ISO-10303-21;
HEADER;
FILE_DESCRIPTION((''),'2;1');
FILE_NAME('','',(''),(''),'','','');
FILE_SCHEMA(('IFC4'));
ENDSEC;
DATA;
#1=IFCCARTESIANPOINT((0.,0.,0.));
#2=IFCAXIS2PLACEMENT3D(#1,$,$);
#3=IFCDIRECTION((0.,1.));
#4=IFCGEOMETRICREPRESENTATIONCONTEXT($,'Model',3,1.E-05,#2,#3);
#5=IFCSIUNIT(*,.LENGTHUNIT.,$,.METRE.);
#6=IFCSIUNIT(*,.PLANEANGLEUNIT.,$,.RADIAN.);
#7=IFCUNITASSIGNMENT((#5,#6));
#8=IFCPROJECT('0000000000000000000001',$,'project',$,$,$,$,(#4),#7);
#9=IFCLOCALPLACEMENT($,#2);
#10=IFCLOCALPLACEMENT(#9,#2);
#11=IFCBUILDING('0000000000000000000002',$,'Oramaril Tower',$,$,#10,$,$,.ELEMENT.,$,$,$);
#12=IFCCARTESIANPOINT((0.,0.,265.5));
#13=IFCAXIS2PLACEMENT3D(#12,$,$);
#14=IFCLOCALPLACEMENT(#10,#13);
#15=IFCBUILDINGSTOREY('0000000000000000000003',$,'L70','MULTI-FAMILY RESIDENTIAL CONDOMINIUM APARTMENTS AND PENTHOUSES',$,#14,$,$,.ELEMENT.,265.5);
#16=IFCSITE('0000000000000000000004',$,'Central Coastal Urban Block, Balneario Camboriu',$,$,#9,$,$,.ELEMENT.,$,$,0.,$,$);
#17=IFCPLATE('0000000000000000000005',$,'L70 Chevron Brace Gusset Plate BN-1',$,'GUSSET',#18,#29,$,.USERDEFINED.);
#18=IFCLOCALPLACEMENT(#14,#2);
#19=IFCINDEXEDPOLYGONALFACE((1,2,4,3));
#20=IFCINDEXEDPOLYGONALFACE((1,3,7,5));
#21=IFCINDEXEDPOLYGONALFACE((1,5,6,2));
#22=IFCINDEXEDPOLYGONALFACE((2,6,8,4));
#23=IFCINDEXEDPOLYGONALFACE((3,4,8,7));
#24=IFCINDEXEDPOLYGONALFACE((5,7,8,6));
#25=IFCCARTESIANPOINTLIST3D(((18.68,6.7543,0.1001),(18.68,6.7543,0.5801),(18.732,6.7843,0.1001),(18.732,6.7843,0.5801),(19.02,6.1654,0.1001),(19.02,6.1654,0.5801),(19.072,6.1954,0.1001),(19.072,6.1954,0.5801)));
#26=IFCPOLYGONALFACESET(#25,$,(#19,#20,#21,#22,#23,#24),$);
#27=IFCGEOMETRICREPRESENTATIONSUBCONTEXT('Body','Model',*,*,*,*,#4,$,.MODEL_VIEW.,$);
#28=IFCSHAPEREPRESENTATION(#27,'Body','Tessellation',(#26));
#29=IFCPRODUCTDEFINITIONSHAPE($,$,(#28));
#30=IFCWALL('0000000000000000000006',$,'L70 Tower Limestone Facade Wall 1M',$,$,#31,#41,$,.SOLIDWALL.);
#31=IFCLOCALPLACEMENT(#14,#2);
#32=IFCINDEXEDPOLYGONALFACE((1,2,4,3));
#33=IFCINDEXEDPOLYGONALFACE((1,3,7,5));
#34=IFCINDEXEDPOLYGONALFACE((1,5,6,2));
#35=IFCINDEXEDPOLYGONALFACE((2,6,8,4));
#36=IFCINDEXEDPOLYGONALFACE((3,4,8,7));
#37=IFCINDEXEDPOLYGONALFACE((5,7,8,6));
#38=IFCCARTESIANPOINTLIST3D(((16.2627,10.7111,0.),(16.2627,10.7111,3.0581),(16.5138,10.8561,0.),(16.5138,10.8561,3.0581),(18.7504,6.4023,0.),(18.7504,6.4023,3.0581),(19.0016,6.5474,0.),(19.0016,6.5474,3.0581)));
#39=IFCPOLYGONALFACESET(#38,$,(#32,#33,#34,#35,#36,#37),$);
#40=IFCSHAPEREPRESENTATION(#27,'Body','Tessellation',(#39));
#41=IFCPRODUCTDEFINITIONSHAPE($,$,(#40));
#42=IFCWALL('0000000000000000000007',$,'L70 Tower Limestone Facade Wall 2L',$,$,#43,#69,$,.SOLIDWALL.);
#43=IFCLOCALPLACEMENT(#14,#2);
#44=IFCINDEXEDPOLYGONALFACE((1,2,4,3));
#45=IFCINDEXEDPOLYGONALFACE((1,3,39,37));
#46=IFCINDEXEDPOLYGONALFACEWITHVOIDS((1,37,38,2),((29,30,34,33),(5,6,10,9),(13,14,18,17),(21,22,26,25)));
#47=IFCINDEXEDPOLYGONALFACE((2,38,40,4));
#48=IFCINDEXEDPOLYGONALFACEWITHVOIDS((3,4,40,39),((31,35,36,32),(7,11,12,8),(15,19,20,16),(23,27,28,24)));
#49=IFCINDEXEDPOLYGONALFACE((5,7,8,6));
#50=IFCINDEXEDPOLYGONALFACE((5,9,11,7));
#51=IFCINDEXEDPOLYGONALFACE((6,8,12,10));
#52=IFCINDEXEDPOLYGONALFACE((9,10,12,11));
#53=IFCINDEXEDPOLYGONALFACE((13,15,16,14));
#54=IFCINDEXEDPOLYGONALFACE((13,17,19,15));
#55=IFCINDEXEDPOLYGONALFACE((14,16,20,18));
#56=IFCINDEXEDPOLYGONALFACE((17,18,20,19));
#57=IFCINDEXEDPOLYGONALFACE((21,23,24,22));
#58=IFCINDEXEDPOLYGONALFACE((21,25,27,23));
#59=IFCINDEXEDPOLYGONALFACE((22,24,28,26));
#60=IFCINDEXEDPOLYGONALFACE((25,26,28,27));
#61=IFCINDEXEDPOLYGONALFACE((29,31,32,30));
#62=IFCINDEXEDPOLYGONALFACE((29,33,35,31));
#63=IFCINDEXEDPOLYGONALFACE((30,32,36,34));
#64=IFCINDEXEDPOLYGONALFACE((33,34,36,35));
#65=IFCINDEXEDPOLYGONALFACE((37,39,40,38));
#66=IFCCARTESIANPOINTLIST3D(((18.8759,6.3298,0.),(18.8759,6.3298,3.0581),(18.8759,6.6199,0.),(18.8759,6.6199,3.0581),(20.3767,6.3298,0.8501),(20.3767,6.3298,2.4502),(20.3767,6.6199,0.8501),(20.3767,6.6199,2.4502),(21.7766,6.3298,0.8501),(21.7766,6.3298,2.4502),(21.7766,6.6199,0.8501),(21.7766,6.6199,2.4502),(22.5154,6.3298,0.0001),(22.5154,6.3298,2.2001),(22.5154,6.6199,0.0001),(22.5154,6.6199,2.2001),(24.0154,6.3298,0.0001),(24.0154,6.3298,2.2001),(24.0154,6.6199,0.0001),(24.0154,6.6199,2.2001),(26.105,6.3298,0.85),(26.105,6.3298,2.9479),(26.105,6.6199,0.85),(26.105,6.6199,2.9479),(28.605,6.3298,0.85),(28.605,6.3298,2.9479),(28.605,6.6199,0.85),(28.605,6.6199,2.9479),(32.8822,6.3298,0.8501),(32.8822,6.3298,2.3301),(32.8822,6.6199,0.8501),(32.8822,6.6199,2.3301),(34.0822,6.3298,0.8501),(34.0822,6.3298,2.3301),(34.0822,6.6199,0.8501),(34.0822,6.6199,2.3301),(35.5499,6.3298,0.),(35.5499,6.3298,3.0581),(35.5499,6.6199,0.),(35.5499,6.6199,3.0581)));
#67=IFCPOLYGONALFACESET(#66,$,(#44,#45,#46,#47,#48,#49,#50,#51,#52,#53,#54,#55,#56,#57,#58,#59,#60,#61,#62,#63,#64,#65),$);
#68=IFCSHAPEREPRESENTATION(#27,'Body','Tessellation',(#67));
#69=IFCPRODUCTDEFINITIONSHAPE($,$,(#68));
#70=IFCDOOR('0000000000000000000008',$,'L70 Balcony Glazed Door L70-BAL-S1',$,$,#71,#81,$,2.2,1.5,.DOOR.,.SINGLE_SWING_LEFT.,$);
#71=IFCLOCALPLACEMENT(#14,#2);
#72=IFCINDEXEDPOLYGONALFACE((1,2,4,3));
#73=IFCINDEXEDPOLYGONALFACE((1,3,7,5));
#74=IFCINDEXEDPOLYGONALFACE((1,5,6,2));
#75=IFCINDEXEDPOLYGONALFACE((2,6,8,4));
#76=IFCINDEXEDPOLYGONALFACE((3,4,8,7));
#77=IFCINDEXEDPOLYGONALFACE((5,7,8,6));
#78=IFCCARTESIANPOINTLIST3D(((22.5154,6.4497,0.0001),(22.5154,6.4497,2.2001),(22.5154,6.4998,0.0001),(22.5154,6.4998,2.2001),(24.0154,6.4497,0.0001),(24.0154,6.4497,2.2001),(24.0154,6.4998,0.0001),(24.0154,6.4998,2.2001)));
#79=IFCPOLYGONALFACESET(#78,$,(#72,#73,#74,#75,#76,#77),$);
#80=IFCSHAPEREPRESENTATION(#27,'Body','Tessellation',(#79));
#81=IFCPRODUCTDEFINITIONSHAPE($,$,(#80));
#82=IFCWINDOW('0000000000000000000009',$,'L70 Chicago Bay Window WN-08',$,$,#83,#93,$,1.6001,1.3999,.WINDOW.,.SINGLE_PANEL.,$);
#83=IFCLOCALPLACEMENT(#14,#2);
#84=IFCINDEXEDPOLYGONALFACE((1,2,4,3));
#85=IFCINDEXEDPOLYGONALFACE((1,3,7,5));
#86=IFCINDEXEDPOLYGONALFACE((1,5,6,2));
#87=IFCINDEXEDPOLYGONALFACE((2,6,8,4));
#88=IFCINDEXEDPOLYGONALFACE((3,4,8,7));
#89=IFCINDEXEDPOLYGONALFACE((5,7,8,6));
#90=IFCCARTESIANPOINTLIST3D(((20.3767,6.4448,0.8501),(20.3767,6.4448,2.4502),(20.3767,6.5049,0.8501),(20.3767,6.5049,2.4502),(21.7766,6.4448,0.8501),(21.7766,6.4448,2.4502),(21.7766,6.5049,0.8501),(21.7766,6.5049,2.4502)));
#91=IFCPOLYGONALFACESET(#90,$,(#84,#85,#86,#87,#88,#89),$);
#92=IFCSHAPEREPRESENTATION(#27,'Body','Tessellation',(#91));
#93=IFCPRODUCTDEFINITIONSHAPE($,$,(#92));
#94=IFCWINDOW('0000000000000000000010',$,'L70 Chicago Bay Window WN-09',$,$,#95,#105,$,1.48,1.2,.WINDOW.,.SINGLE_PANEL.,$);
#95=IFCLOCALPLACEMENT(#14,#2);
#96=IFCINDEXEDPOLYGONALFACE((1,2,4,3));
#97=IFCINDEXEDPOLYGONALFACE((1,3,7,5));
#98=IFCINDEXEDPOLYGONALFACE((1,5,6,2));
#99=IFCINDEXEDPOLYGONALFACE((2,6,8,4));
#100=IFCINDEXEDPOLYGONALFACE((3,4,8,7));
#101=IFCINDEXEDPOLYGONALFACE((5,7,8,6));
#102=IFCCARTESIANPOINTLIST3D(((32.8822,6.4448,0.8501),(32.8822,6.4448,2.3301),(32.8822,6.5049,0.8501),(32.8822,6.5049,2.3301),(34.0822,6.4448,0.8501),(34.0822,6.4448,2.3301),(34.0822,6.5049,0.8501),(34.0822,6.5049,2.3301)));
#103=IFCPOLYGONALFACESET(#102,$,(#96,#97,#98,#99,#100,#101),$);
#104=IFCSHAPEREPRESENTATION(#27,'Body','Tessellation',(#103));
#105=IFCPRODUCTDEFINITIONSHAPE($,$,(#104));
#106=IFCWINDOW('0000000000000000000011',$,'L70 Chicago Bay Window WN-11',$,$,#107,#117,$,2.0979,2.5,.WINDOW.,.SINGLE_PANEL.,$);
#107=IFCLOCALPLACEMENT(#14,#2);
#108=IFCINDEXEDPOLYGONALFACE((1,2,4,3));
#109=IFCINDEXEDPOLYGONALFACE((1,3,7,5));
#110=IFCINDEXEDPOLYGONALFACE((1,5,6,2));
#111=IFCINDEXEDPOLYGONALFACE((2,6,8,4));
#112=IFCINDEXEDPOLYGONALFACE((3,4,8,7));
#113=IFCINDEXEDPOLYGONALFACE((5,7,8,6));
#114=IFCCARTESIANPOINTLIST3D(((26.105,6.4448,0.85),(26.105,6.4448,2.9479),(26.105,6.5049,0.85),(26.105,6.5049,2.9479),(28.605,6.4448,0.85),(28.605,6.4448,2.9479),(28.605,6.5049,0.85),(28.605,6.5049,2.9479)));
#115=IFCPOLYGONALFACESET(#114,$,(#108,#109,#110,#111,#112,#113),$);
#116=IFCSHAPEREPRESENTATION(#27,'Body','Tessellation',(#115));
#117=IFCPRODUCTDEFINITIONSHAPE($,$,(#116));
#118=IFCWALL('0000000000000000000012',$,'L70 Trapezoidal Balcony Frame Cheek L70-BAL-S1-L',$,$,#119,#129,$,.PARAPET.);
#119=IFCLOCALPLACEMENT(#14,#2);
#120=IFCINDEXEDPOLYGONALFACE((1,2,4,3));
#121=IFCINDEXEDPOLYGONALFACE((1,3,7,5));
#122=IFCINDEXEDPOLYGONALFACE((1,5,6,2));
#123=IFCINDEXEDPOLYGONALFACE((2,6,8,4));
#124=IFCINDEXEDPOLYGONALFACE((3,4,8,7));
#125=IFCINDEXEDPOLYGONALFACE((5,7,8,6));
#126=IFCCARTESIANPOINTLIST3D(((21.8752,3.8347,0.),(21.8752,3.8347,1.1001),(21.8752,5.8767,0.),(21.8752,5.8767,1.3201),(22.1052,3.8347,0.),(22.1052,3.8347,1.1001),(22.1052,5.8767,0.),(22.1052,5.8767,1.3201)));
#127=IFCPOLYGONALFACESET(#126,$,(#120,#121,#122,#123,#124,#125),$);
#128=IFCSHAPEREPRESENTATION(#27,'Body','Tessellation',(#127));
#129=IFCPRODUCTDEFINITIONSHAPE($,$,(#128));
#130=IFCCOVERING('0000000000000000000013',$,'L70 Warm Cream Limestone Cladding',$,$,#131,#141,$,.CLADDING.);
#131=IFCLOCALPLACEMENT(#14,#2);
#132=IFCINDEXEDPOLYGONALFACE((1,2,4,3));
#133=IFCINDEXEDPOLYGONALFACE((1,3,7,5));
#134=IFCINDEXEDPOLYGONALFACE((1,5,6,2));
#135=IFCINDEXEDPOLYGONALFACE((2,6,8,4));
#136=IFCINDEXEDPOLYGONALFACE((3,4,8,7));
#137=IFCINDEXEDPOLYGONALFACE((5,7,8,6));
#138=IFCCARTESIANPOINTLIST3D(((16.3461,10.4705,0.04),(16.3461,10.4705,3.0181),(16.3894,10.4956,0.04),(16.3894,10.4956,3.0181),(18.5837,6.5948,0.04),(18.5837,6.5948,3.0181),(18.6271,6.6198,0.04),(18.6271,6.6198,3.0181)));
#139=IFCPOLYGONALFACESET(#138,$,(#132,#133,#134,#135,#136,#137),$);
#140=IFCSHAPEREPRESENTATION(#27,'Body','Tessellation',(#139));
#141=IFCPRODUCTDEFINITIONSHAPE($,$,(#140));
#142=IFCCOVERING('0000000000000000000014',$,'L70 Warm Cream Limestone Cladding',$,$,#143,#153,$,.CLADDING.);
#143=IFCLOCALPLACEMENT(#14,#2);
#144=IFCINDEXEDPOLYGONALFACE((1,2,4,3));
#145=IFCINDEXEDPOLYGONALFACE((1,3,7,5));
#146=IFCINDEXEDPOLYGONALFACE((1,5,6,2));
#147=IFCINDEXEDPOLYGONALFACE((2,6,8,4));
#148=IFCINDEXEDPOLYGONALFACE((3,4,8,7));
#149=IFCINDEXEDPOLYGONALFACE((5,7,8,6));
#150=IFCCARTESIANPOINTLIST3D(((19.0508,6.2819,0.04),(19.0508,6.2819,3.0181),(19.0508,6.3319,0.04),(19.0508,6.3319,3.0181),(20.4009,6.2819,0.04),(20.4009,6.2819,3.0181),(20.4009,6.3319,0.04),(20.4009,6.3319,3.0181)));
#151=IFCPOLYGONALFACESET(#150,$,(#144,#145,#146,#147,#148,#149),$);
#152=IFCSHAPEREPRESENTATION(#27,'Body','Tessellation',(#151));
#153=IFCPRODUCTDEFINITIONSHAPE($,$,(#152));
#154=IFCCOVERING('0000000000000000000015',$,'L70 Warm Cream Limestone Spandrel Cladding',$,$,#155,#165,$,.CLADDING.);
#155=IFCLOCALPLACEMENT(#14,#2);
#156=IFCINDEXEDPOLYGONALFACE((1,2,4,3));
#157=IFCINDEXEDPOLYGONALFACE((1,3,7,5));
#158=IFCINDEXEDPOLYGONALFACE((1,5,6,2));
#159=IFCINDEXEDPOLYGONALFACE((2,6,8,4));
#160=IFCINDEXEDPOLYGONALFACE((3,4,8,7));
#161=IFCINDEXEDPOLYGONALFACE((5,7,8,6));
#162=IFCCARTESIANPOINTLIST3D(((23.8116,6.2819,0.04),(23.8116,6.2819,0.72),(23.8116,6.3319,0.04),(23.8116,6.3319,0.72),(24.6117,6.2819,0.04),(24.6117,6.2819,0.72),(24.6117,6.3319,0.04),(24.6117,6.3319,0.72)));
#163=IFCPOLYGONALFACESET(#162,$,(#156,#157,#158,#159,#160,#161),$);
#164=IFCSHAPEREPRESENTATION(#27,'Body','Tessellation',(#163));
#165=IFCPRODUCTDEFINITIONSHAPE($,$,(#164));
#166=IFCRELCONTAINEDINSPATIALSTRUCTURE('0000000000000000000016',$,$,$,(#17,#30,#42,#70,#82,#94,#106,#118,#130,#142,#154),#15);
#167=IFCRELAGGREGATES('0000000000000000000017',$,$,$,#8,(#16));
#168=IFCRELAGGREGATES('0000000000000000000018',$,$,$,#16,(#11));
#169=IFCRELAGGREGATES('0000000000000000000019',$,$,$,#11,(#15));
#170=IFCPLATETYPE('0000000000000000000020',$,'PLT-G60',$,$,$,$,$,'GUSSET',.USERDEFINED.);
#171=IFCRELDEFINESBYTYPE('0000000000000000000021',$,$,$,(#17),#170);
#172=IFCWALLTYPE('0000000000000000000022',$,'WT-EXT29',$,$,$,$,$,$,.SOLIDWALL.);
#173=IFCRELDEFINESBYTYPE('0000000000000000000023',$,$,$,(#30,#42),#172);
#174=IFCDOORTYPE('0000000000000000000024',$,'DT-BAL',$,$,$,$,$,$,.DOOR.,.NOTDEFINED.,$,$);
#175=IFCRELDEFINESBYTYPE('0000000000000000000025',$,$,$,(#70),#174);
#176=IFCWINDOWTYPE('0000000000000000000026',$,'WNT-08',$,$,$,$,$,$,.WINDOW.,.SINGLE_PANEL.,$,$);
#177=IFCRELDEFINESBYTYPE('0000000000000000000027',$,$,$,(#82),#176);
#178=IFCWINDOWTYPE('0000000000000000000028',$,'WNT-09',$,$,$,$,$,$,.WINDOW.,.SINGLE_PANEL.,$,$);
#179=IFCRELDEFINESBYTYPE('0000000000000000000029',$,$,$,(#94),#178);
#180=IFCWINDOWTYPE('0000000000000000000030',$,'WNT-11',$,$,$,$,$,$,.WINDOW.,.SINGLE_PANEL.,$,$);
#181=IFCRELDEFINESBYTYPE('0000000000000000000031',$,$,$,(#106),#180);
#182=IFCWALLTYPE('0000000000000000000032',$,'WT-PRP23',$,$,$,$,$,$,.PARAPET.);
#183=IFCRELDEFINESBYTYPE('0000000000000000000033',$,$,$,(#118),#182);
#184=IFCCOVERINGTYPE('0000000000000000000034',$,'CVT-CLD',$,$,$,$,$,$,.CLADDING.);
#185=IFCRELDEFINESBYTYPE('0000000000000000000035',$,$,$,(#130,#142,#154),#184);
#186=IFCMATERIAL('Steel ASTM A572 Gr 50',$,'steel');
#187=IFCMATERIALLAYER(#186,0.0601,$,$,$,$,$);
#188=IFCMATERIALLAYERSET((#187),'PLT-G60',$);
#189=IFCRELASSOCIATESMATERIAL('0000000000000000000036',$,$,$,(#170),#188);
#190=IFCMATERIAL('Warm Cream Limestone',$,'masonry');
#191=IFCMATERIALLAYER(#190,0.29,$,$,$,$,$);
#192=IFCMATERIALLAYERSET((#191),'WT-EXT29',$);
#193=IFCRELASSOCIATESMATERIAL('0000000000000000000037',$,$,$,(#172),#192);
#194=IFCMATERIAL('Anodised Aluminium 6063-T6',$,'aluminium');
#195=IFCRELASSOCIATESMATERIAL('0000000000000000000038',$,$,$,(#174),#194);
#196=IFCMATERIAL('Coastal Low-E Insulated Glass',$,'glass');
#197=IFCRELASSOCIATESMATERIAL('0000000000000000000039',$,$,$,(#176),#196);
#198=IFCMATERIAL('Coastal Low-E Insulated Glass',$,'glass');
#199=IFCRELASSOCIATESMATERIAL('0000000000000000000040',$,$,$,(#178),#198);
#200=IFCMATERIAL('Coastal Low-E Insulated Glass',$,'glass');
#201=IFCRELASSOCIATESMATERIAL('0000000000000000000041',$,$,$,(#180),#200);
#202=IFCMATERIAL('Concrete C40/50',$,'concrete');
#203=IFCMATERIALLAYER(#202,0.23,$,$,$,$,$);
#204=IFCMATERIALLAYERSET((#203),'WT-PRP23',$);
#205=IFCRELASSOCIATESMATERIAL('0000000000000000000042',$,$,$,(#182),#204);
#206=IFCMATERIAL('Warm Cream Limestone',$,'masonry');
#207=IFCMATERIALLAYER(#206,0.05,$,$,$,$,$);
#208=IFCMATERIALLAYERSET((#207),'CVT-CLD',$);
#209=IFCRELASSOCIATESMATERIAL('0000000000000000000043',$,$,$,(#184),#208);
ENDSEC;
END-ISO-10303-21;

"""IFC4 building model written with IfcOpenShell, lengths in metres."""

from ifc_helpers import new_model, si_unit, direction, frame, frame_2d, origin, origin_2d, place, context, subcontext, project, spatial, polyline, rectangle, outline, extrude, material, layer, layer_set, type_object, element, fill, save


model = new_model("IFC4")

# Units and contexts
model_context = context("Model", 3, precision=1e-05, world=origin(), true_north=direction((0.0, 1.0)))
body_context = subcontext(model_context, "Body", "Model", "MODEL_VIEW")
ifc_project = project(units=[si_unit("LENGTHUNIT", "METRE"), si_unit("PLANEANGLEUNIT", "RADIAN")], contexts=[model_context])

# Site, building, storey
site_placement = place(None, origin())
site = spatial("IfcSite", under=ifc_project, at=site_placement, Name="Central Coastal Urban Block, Balneario Camboriu", CompositionType="ELEMENT", RefElevation=0.0)
building_placement = place(site_placement, origin())
building = spatial("IfcBuilding", under=site, at=building_placement, Name="Oramaril Tower", CompositionType="ELEMENT")
storey_placement = place(building_placement, frame((0.0, 0.0, 265.5)))
storey = spatial("IfcBuildingStorey", under=building, at=storey_placement, Name="L70", Description="MULTI-FAMILY RESIDENTIAL CONDOMINIUM APARTMENTS AND PENTHOUSES", CompositionType="ELEMENT", Elevation=265.5)

# Plate
ifc_material_1 = material(Name="Steel ASTM A572 Gr 50", Category="steel")
ifc_layer_1 = layer(ifc_material_1, 0.0601)
ifc_layer_set_1 = layer_set([ifc_layer_1], Name="PLT-G60")
plate_type = type_object("IfcPlateType", Name="PLT-G60", ElementType="GUSSET", PredefinedType="USERDEFINED", material=ifc_layer_set_1)
for number, where, z_axis, x_axis, name in (
    (1, (18.876, 6.4749, 0.1001), (0.0, 0.0, 1.0), (0.500002, -0.866025, 0.0), "L70 Chevron Brace Gusset Plate BN-1"),
):
    element("IfcPlate", number, at=place(storey_placement, frame(where, z_axis=z_axis, x_axis=x_axis)), inside=storey, type_object=plate_type, Name=name, ObjectType="GUSSET", PredefinedType="USERDEFINED", context=body_context, shape_type="SweptSolid", body=[
        extrude(rectangle(XDim=0.6799, YDim=0.0601, at=origin_2d()), origin(), (0.0, 0.0, 1.0), 0.48),
    ])

# Wall
ifc_material_2 = material(Name="Warm Cream Limestone", Category="masonry")
ifc_layer_2 = layer(ifc_material_2, 0.29)
ifc_layer_set_2 = layer_set([ifc_layer_2], Name="WT-EXT29")
wall_type_1 = type_object("IfcWallType", Name="WT-EXT29", PredefinedType="SOLIDWALL", material=ifc_layer_set_2)
wall_1_placement = place(storey_placement, frame((16.3882, 10.7837, 0.0), z_axis=(0.0, 0.0, 1.0), x_axis=(0.500013, -0.866018, 0.0)))
element("IfcWall", 2, at=wall_1_placement, inside=storey, type_object=wall_type_1, Name="L70 Tower Limestone Facade Wall 1M", PredefinedType="SOLIDWALL", context=body_context, shape_type="SweptSolid", body=[
    extrude(rectangle(XDim=4.9753, YDim=0.29, at=frame_2d((2.4878, 0.0))), origin(), (0.0, 0.0, 1.0), 3.0581),
])

# Wall, openings, door, windows
wall_2_placement = place(storey_placement, frame((18.876, 6.4749, 0.0), z_axis=(0.0, 0.0, 1.0), x_axis=(1.0, 0.0, 0.0)))
wall_2 = element("IfcWall", 3, at=wall_2_placement, inside=storey, type_object=wall_type_1, Name="L70 Tower Limestone Facade Wall 2L", PredefinedType="SOLIDWALL", context=body_context, shape_type="SweptSolid", body=[
    extrude(rectangle(XDim=16.6741, YDim=0.29, at=frame_2d((8.3369, 0.0))), origin(), (0.0, 0.0, 1.0), 3.0581),
])
opening_1_placement = place(wall_2_placement, frame((3.6394, 0.0, 0.0)))
opening_1 = element("IfcOpeningElement", 4, at=opening_1_placement, cuts=wall_2, PredefinedType="OPENING", context=body_context, shape_type="SweptSolid", body=[
    extrude(rectangle(XDim=1.5, YDim=2.2, at=frame_2d((0.75, 1.1001))), frame((0.0, 0.145, 0.0), z_axis=(0.0, -1.0, 0.0), x_axis=(1.0, 0.0, 0.0)), (0.0, 0.0, 1.0), 0.29),
])
opening_2_placement = place(wall_2_placement, frame((14.0061, 0.0, 0.8501)))
opening_2 = element("IfcOpeningElement", 5, at=opening_2_placement, cuts=wall_2, PredefinedType="OPENING", context=body_context, shape_type="SweptSolid", body=[
    extrude(rectangle(XDim=1.2, YDim=1.48, at=frame_2d((0.6001, 0.74))), frame((0.0, 0.145, 0.0), z_axis=(0.0, -1.0, 0.0), x_axis=(1.0, 0.0, 0.0)), (0.0, 0.0, 1.0), 0.29),
])
opening_3_placement = place(wall_2_placement, frame((1.5007, 0.0, 0.8501)))
opening_3 = element("IfcOpeningElement", 6, at=opening_3_placement, cuts=wall_2, PredefinedType="OPENING", context=body_context, shape_type="SweptSolid", body=[
    extrude(rectangle(XDim=1.3999, YDim=1.6001, at=frame_2d((0.7, 0.8))), frame((0.0, 0.145, 0.0), z_axis=(0.0, -1.0, 0.0), x_axis=(1.0, 0.0, 0.0)), (0.0, 0.0, 1.0), 0.29),
])
opening_4_placement = place(wall_2_placement, frame((7.229, 0.0, 0.8501)))
opening_4 = element("IfcOpeningElement", 7, at=opening_4_placement, cuts=wall_2, PredefinedType="OPENING", context=body_context, shape_type="SweptSolid", body=[
    extrude(rectangle(XDim=2.5, YDim=2.0979, at=frame_2d((1.25, 1.0488))), frame((0.0, 0.145, 0.0), z_axis=(0.0, -1.0, 0.0), x_axis=(1.0, 0.0, 0.0)), (0.0, 0.0, 1.0), 0.29),
])
ifc_material_3 = material(Name="Anodised Aluminium 6063-T6", Category="aluminium")
door_type = type_object("IfcDoorType", Name="DT-BAL", OperationType="NOTDEFINED", PredefinedType="DOOR", material=ifc_material_3)
door_placement = place(opening_1_placement, origin())
door = element("IfcDoor", 8, at=door_placement, inside=storey, type_object=door_type, Name="L70 Balcony Glazed Door L70-BAL-S1", OperationType="SINGLE_SWING_LEFT", OverallHeight=2.2, OverallWidth=1.5, PredefinedType="DOOR", context=body_context, shape_type="SweptSolid", body=[
    extrude(rectangle(XDim=1.5, YDim=2.2, at=frame_2d((0.75, 1.1001))), frame((0.0, 0.0249, 0.0), z_axis=(0.0, -1.0, 0.0), x_axis=(1.0, 0.0, 0.0)), (0.0, 0.0, 1.0), 0.05),
])
fill(opening_1, door)
ifc_material_4 = material(Name="Coastal Low-E Insulated Glass", Category="glass")
window_type_1 = type_object("IfcWindowType", Name="WNT-08", PartitioningType="SINGLE_PANEL", PredefinedType="WINDOW", material=ifc_material_4)
window_1_placement = place(opening_3_placement, origin())
window_1 = element("IfcWindow", 9, at=window_1_placement, inside=storey, type_object=window_type_1, Name="L70 Chicago Bay Window WN-08", OverallHeight=1.6001, OverallWidth=1.3999, PartitioningType="SINGLE_PANEL", PredefinedType="WINDOW", context=body_context, shape_type="SweptSolid", body=[
    extrude(rectangle(XDim=1.3999, YDim=1.6001, at=frame_2d((0.7, 0.8))), frame((0.0, 0.03, 0.0), z_axis=(0.0, -1.0, 0.0), x_axis=(1.0, 0.0, 0.0)), (0.0, 0.0, 1.0), 0.0601),
])
fill(opening_3, window_1)
ifc_material_5 = material(Name="Coastal Low-E Insulated Glass", Category="glass")
window_type_2 = type_object("IfcWindowType", Name="WNT-09", PartitioningType="SINGLE_PANEL", PredefinedType="WINDOW", material=ifc_material_5)
window_2_placement = place(opening_2_placement, origin())
window_2 = element("IfcWindow", 10, at=window_2_placement, inside=storey, type_object=window_type_2, Name="L70 Chicago Bay Window WN-09", OverallHeight=1.48, OverallWidth=1.2, PartitioningType="SINGLE_PANEL", PredefinedType="WINDOW", context=body_context, shape_type="SweptSolid", body=[
    extrude(rectangle(XDim=1.2, YDim=1.48, at=frame_2d((0.6001, 0.74))), frame((0.0, 0.03, 0.0), z_axis=(0.0, -1.0, 0.0), x_axis=(1.0, 0.0, 0.0)), (0.0, 0.0, 1.0), 0.0601),
])
fill(opening_2, window_2)
ifc_material_6 = material(Name="Coastal Low-E Insulated Glass", Category="glass")
window_type_3 = type_object("IfcWindowType", Name="WNT-11", PartitioningType="SINGLE_PANEL", PredefinedType="WINDOW", material=ifc_material_6)
window_3_placement = place(opening_4_placement, origin())
window_3 = element("IfcWindow", 11, at=window_3_placement, inside=storey, type_object=window_type_3, Name="L70 Chicago Bay Window WN-11", OverallHeight=2.0979, OverallWidth=2.5, PartitioningType="SINGLE_PANEL", PredefinedType="WINDOW", context=body_context, shape_type="SweptSolid", body=[
    extrude(rectangle(XDim=2.5, YDim=2.0979, at=frame_2d((1.25, 1.0488))), frame((0.0, 0.03, 0.0), z_axis=(0.0, -1.0, 0.0), x_axis=(1.0, 0.0, 0.0)), (0.0, 0.0, 1.0), 0.0601),
])
fill(opening_4, window_3)

# Wall
ifc_material_7 = material(Name="Concrete C40/50", Category="concrete")
ifc_layer_3 = layer(ifc_material_7, 0.23)
ifc_layer_set_3 = layer_set([ifc_layer_3], Name="WT-PRP23")
wall_type_2 = type_object("IfcWallType", Name="WT-PRP23", PredefinedType="PARAPET", material=ifc_layer_set_3)
wall_3_placement = place(storey_placement, frame((21.9902, 5.8767, 0.0), z_axis=(0.0, 0.0, 1.0), x_axis=(0.0, -1.0, 0.0)))
element("IfcWall", 12, at=wall_3_placement, inside=storey, type_object=wall_type_2, Name="L70 Trapezoidal Balcony Frame Cheek L70-BAL-S1-L", PredefinedType="PARAPET", context=body_context, shape_type="SweptSolid", body=[
    extrude(outline(polyline([(0.0, 0.0), (2.042, 0.0), (2.042, 1.1001), (0.0, 1.3201), (0.0, 0.0)])), frame((0.0, 0.115, 0.0), z_axis=(0.0, -1.0, 0.0), x_axis=(1.0, 0.0, 0.0)), (0.0, 0.0, 1.0), 0.23),
])

# Coverings
ifc_material_8 = material(Name="Warm Cream Limestone", Category="masonry")
ifc_layer_4 = layer(ifc_material_8, 0.05)
ifc_layer_set_4 = layer_set([ifc_layer_4], Name="CVT-CLD")
covering_type = type_object("IfcCoveringType", Name="CVT-CLD", PredefinedType="CLADDING", material=ifc_layer_set_4)
covering_1_placement = place(storey_placement, frame((17.4866, 8.5452, 0.04), z_axis=(0.0, 0.0, 1.0), x_axis=(0.500002, -0.866025, 0.0)))
element("IfcCovering", 13, at=covering_1_placement, inside=storey, type_object=covering_type, Name="L70 Warm Cream Limestone Cladding", PredefinedType="CLADDING", context=body_context, shape_type="SweptSolid", body=[
    extrude(rectangle(XDim=4.4753, YDim=0.05, at=origin_2d()), origin(), (0.0, 0.0, 1.0), 2.978),
])
covering_2_placement = place(storey_placement, frame((19.7258, 6.3069, 0.04), z_axis=(0.0, 0.0, 1.0), x_axis=(1.0, 0.0, 0.0)))
element("IfcCovering", 14, at=covering_2_placement, inside=storey, type_object=covering_type, Name="L70 Warm Cream Limestone Cladding", PredefinedType="CLADDING", context=body_context, shape_type="SweptSolid", body=[
    extrude(rectangle(XDim=1.3501, YDim=0.05, at=origin_2d()), origin(), (0.0, 0.0, 1.0), 2.978),
])
covering_3_placement = place(storey_placement, frame((24.2117, 6.3069, 0.04), z_axis=(0.0, 0.0, 1.0), x_axis=(1.0, 0.0, 0.0)))
element("IfcCovering", 15, at=covering_3_placement, inside=storey, type_object=covering_type, Name="L70 Warm Cream Limestone Spandrel Cladding", PredefinedType="CLADDING", context=body_context, shape_type="SweptSolid", body=[
    extrude(rectangle(XDim=0.8, YDim=0.05, at=origin_2d()), origin(), (0.0, 0.0, 1.0), 0.6799),
])

save(model, "model.ifc")
